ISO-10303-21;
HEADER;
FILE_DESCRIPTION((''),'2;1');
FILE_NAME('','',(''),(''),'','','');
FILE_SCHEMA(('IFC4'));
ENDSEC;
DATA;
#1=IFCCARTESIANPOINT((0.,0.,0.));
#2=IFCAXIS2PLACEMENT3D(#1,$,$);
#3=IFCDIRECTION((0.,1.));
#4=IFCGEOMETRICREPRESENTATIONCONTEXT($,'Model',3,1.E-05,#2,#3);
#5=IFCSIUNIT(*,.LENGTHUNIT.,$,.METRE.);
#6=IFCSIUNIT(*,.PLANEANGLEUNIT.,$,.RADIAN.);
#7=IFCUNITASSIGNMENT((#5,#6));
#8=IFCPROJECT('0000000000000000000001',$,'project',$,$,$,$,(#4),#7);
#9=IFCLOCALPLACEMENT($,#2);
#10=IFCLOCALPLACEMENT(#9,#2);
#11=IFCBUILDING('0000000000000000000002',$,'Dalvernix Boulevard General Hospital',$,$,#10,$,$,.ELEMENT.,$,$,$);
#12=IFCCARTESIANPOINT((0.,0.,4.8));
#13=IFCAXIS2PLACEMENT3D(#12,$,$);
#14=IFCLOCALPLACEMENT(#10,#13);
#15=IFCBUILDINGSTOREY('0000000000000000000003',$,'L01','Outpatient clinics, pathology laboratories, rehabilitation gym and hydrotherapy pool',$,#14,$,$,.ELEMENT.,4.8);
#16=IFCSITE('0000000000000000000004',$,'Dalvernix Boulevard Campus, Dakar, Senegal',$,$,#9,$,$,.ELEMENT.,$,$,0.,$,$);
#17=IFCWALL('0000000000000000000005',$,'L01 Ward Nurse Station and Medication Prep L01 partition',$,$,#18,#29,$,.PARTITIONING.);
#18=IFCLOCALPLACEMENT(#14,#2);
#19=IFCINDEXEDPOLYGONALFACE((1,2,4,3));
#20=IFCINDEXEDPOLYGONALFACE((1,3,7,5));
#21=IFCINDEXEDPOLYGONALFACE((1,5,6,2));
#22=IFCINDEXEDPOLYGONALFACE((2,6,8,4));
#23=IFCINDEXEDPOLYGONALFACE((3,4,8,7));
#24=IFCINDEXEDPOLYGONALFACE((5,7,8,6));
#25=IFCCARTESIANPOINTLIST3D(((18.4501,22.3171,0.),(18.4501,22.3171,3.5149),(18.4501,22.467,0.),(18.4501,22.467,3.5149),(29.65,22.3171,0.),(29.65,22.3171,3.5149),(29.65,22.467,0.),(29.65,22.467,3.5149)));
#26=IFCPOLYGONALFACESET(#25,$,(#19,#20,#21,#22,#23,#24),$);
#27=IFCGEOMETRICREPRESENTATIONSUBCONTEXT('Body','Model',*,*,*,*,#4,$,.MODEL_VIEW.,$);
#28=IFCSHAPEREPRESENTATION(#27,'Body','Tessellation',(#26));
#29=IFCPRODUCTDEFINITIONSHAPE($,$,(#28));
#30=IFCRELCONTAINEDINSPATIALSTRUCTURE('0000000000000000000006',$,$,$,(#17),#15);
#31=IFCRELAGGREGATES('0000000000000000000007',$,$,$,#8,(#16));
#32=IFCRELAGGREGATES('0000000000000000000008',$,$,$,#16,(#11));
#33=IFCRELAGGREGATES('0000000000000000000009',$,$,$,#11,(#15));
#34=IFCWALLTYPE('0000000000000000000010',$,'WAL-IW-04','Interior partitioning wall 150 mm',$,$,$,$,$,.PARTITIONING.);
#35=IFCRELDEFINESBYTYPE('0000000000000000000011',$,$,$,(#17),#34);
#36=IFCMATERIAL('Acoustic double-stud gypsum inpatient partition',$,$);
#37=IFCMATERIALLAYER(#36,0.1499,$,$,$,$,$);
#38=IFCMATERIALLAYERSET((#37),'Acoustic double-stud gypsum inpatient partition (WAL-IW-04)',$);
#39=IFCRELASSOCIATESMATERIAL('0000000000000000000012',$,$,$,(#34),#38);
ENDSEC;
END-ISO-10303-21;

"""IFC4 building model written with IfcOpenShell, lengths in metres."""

from ifc_helpers import new_model, si_unit, direction, frame, frame_2d, origin, place, context, subcontext, project, spatial, rectangle, extrude, material, layer, layer_set, type_object, element, save


model = new_model("IFC4")

# Units and contexts
model_context = context("Model", 3, precision=1e-05, world=origin(), true_north=direction((0.0, 1.0)))
body_context = subcontext(model_context, "Body", "Model", "MODEL_VIEW")
ifc_project = project(units=[si_unit("LENGTHUNIT", "METRE"), si_unit("PLANEANGLEUNIT", "RADIAN")], contexts=[model_context])

# Site, building, storey
site_placement = place(None, origin())
site = spatial("IfcSite", under=ifc_project, at=site_placement, Name="Dalvernix Boulevard Campus, Dakar, Senegal", CompositionType="ELEMENT", RefElevation=0.0)
building_placement = place(site_placement, origin())
building = spatial("IfcBuilding", under=site, at=building_placement, Name="Dalvernix Boulevard General Hospital", CompositionType="ELEMENT")
storey_placement = place(building_placement, frame((0.0, 0.0, 4.8)))
storey = spatial("IfcBuildingStorey", under=building, at=storey_placement, Name="L01", Description="Outpatient clinics, pathology laboratories, rehabilitation gym and hydrotherapy pool", CompositionType="ELEMENT", Elevation=4.8)

# Wall
ifc_material_1 = material(Name="Acoustic double-stud gypsum inpatient partition")
ifc_layer_1 = layer(ifc_material_1, 0.1499)
ifc_layer_set_1 = layer_set([ifc_layer_1], Name="Acoustic double-stud gypsum inpatient partition (WAL-IW-04)")
wall_type_1 = type_object("IfcWallType", Name="WAL-IW-04", Description="Interior partitioning wall 150 mm", PredefinedType="PARTITIONING", material=ifc_layer_set_1)
wall_1_placement = place(storey_placement, frame((18.45, 22.3921, 0.0), z_axis=(0.0, 0.0, 1.0), x_axis=(1.0, 0.0, 0.0)))
element("IfcWall", 1, at=wall_1_placement, inside=storey, type_object=wall_type_1, Name="L01 Ward Nurse Station and Medication Prep L01 partition", PredefinedType="PARTITIONING", context=body_context, shape_type="SweptSolid", body=[
    extrude(rectangle(XDim=11.2, YDim=0.1499, at=frame_2d((5.6001, 0.0))), origin(), (0.0, 0.0, 1.0), 3.5149),
])

save(model, "model.ifc")
